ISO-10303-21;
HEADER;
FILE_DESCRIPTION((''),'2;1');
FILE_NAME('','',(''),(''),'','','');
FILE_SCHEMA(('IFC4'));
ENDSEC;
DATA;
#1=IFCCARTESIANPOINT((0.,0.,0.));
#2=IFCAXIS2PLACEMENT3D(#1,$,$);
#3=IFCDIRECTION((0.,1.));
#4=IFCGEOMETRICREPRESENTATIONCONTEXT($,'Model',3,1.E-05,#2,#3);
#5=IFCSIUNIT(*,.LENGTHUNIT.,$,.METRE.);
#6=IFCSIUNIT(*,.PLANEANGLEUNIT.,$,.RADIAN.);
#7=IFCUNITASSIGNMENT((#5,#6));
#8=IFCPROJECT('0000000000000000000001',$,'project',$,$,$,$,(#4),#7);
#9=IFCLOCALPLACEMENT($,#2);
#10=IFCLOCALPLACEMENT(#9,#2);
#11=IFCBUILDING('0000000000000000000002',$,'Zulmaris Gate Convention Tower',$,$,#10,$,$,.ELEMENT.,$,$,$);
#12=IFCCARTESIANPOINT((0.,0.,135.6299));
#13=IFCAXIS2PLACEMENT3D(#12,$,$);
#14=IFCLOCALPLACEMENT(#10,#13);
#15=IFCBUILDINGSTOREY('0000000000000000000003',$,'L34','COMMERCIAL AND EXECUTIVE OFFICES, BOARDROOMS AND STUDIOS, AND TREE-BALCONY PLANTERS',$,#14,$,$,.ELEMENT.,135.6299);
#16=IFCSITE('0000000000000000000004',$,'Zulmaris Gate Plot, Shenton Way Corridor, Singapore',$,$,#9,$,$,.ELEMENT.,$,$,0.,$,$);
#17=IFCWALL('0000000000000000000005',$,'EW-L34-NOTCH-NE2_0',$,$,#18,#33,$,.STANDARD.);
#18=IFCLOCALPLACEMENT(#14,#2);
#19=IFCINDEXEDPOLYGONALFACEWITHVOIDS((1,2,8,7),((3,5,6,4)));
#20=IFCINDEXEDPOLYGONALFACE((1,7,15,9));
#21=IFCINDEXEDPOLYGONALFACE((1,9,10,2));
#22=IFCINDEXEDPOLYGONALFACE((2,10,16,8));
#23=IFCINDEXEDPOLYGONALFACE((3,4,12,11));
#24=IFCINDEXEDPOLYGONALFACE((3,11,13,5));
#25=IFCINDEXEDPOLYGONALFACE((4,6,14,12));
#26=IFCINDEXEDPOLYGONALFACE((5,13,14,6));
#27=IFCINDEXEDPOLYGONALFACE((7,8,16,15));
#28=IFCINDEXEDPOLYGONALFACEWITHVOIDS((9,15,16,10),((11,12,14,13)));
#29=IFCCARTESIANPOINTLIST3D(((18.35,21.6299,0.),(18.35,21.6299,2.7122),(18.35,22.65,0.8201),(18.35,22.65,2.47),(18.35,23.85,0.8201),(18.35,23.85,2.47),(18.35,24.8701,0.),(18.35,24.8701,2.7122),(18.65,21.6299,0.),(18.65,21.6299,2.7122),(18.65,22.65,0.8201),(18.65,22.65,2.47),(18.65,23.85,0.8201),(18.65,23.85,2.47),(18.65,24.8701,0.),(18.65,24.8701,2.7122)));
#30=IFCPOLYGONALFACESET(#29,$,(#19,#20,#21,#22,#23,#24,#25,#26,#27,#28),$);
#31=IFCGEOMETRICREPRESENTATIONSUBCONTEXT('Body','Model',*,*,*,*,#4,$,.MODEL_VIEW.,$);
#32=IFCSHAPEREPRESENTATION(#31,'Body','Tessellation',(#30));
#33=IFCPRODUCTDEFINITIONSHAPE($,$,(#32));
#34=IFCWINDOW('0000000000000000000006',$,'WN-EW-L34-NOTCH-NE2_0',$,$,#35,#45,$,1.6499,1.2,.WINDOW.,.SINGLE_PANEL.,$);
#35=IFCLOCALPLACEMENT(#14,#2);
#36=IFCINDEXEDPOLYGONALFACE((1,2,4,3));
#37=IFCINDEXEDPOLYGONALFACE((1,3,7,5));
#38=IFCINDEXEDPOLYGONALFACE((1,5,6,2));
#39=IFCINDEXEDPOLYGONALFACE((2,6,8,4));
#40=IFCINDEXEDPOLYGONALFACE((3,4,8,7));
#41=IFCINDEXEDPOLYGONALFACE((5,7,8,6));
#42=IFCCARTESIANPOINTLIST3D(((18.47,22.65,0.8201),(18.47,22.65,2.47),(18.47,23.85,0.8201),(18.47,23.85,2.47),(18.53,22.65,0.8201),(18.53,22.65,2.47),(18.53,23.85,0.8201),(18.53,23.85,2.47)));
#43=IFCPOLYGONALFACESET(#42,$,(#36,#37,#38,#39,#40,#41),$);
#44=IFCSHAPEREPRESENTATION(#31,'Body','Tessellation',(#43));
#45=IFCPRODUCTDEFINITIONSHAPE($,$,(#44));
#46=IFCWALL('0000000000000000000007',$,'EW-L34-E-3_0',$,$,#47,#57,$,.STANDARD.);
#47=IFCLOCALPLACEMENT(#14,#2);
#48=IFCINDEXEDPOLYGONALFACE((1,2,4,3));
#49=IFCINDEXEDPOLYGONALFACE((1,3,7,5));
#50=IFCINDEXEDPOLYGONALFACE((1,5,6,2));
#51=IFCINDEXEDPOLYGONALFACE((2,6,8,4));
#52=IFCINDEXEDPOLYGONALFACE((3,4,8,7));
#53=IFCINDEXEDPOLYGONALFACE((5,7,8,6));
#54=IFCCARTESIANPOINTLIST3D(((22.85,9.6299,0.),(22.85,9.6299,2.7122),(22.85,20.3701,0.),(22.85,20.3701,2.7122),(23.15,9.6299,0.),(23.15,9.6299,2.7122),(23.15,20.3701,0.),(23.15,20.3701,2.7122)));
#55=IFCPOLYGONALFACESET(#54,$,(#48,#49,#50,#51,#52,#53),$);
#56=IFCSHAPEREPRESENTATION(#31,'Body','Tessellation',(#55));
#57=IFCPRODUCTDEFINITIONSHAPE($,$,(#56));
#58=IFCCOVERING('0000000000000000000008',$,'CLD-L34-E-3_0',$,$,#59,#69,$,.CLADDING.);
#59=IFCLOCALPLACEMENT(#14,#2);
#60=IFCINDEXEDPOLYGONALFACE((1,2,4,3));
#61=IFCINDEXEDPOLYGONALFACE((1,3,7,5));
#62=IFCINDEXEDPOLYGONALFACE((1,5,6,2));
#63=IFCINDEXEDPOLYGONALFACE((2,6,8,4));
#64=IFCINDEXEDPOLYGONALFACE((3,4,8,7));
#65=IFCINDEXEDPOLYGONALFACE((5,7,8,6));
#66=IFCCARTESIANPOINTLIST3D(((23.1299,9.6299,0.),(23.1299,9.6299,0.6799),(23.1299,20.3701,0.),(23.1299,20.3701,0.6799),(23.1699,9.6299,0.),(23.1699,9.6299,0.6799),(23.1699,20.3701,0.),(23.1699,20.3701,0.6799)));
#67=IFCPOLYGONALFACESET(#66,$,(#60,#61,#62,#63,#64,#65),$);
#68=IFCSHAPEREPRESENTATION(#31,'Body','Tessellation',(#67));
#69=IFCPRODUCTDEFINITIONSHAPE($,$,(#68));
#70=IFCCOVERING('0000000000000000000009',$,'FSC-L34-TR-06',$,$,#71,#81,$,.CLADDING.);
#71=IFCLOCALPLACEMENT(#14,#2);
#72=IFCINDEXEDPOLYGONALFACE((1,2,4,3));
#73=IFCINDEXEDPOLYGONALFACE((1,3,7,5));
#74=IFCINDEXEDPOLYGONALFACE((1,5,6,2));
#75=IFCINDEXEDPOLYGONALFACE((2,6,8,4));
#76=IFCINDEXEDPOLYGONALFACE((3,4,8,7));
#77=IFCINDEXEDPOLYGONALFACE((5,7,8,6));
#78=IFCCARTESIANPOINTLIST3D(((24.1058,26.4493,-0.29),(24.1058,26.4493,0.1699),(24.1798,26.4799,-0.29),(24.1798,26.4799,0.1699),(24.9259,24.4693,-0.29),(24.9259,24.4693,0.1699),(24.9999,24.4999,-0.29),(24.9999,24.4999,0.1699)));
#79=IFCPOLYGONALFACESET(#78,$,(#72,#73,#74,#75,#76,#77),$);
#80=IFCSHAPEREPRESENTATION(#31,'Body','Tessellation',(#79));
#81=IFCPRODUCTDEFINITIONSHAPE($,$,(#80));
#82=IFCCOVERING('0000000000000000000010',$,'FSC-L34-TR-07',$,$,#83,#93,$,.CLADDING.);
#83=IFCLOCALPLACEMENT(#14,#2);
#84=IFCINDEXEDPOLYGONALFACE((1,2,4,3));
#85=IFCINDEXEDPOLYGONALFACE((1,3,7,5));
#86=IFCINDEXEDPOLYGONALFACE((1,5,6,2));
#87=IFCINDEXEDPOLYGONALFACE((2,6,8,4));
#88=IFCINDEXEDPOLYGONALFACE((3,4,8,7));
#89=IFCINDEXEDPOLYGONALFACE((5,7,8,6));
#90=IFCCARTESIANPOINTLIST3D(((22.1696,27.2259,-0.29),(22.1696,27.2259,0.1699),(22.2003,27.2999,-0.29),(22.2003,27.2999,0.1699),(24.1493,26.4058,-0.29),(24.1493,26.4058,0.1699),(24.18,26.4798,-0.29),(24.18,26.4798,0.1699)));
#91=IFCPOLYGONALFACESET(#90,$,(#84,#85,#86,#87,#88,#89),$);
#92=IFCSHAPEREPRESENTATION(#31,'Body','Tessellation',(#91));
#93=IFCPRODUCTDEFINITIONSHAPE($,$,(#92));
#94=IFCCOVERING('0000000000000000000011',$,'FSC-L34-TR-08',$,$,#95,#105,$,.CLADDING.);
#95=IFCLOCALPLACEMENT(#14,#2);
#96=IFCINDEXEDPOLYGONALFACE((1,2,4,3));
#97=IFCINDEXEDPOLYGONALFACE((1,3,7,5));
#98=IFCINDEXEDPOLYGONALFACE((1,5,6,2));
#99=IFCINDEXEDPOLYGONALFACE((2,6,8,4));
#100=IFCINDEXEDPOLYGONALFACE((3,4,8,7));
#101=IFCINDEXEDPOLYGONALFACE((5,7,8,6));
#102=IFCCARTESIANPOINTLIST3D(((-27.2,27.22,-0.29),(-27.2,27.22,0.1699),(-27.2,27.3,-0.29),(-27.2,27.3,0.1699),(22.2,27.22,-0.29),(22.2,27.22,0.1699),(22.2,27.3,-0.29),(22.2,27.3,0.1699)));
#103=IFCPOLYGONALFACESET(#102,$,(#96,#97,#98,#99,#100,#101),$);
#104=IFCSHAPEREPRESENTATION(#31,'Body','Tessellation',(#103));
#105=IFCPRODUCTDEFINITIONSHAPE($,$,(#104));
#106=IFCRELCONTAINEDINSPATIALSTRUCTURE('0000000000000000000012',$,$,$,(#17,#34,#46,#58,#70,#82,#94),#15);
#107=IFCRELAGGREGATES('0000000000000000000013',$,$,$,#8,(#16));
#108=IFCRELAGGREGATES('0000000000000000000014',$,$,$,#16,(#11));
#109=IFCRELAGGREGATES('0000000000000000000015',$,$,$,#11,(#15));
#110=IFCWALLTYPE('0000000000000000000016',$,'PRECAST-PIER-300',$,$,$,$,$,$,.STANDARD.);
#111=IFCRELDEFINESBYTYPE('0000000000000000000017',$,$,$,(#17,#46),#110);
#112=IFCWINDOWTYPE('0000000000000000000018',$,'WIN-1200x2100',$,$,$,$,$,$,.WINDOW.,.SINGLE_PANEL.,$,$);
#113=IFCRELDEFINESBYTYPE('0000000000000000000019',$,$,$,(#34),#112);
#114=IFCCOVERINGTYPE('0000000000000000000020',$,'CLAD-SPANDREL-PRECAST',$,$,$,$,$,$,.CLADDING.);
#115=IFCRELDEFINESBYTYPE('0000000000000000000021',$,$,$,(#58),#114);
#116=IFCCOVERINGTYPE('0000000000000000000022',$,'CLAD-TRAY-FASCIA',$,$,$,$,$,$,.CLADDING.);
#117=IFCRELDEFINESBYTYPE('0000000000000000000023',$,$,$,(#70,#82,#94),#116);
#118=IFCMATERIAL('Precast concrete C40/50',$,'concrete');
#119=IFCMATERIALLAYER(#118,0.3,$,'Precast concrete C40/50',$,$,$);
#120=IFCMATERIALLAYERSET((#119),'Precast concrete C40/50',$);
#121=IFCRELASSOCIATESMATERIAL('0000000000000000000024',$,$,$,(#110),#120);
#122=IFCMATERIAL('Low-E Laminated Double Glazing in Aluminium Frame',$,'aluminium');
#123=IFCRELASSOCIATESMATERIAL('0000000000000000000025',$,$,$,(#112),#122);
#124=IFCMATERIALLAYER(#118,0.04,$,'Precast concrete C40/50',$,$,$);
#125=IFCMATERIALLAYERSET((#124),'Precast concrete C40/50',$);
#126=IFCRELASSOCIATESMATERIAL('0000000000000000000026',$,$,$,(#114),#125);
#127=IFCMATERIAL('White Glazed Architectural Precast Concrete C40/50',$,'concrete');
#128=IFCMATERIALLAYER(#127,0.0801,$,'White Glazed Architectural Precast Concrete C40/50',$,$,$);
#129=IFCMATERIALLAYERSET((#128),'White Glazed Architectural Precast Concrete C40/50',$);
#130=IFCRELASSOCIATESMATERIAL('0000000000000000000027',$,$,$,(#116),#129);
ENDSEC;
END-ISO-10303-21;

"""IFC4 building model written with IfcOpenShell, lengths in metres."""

from ifc_helpers import new_model, si_unit, direction, frame, frame_2d, origin, place, context, subcontext, project, spatial, rectangle, extrude, material, layer, layer_set, type_object, element, fill, save


model = new_model("IFC4")

# Units and contexts
model_context = context("Model", 3, precision=1e-05, world=origin(), true_north=direction((0.0, 1.0)))
body_context = subcontext(model_context, "Body", "Model", "MODEL_VIEW")
ifc_project = project(units=[si_unit("LENGTHUNIT", "METRE"), si_unit("PLANEANGLEUNIT", "RADIAN")], contexts=[model_context])

# Site, building, storey
site_placement = place(None, origin())
site = spatial("IfcSite", under=ifc_project, at=site_placement, Name="Zulmaris Gate Plot, Shenton Way Corridor, Singapore", CompositionType="ELEMENT", RefElevation=0.0)
building_placement = place(site_placement, origin())
building = spatial("IfcBuilding", under=site, at=building_placement, Name="Zulmaris Gate Convention Tower", CompositionType="ELEMENT")
storey_placement = place(building_placement, frame((0.0, 0.0, 135.6299)))
storey = spatial("IfcBuildingStorey", under=building, at=storey_placement, Name="L34", Description="COMMERCIAL AND EXECUTIVE OFFICES, BOARDROOMS AND STUDIOS, AND TREE-BALCONY PLANTERS", CompositionType="ELEMENT", Elevation=135.6299)

# Wall, opening, window
ifc_material_1 = material(Name="Precast concrete C40/50", Category="concrete")
ifc_layer_1 = layer(ifc_material_1, 0.3, Name="Precast concrete C40/50")
ifc_layer_set_1 = layer_set([ifc_layer_1], Name="Precast concrete C40/50")
wall_type_1 = type_object("IfcWallType", Name="PRECAST-PIER-300", PredefinedType="STANDARD", material=ifc_layer_set_1)
ifc_material_2 = material(Name="Low-E Laminated Double Glazing in Aluminium Frame", Category="aluminium")
window_type = type_object("IfcWindowType", Name="WIN-1200x2100", PartitioningType="SINGLE_PANEL", PredefinedType="WINDOW", material=ifc_material_2)
wall_1_placement = place(storey_placement, frame((18.5, 21.6299, 0.0), z_axis=(0.0, 0.0, 1.0), x_axis=(0.0, 1.0, 0.0)))
wall_1 = element("IfcWall", 1, at=wall_1_placement, inside=storey, type_object=wall_type_1, Name="EW-L34-NOTCH-NE2_0", PredefinedType="STANDARD", context=body_context, shape_type="SweptSolid", body=[
    extrude(rectangle(XDim=3.2402, YDim=0.3, at=frame_2d((1.6201, 0.0))), origin(), (0.0, 0.0, 1.0), 2.7122),
])
opening_1_placement = place(wall_1_placement, frame((1.02, 0.0, 0.8201)))
opening_1 = element("IfcOpeningElement", 2, at=opening_1_placement, cuts=wall_1, PredefinedType="OPENING", context=body_context, shape_type="SweptSolid", body=[
    extrude(rectangle(XDim=1.2, YDim=1.6499, at=frame_2d((0.6001, 0.825))), frame((0.0, 0.1602, 0.0), z_axis=(0.0, -1.0, 0.0), x_axis=(1.0, 0.0, 0.0)), (0.0, 0.0, 1.0), 0.3201),
])
window_1_placement = place(opening_1_placement, origin())
window_1 = element("IfcWindow", 3, at=window_1_placement, inside=storey, type_object=window_type, Name="WN-EW-L34-NOTCH-NE2_0", OverallHeight=1.6499, OverallWidth=1.2, PartitioningType="SINGLE_PANEL", PredefinedType="WINDOW", context=body_context, shape_type="SweptSolid", body=[
    extrude(rectangle(XDim=1.2, YDim=1.6499, at=frame_2d((0.6001, 0.825))), frame((0.0, 0.03, 0.0), z_axis=(0.0, -1.0, 0.0), x_axis=(1.0, 0.0, 0.0)), (0.0, 0.0, 1.0), 0.0601),
])
fill(opening_1, window_1)

# Wall
wall_2_placement = place(storey_placement, frame((23.0, 9.6299, 0.0), z_axis=(0.0, 0.0, 1.0), x_axis=(0.0, 1.0, 0.0)))
element("IfcWall", 4, at=wall_2_placement, inside=storey, type_object=wall_type_1, Name="EW-L34-E-3_0", PredefinedType="STANDARD", context=body_context, shape_type="SweptSolid", body=[
    extrude(rectangle(XDim=10.7402, YDim=0.3, at=frame_2d((5.3701, 0.0))), origin(), (0.0, 0.0, 1.0), 2.7122),
])

# Coverings
ifc_layer_2 = layer(ifc_material_1, 0.04, Name="Precast concrete C40/50")
ifc_layer_set_2 = layer_set([ifc_layer_2], Name="Precast concrete C40/50")
covering_type_1 = type_object("IfcCoveringType", Name="CLAD-SPANDREL-PRECAST", PredefinedType="CLADDING", material=ifc_layer_set_2)
covering_1_placement = place(storey_placement, frame((23.1499, 9.6299, 0.0), z_axis=(0.0, 0.0, 1.0), x_axis=(0.0, 1.0, 0.0)))
element("IfcCovering", 5, at=covering_1_placement, inside=storey, type_object=covering_type_1, Name="CLD-L34-E-3_0", PredefinedType="CLADDING", context=body_context, shape_type="SweptSolid", body=[
    extrude(rectangle(XDim=10.7402, YDim=0.04, at=frame_2d((5.3701, 0.0))), origin(), (0.0, 0.0, 1.0), 0.6799),
])
ifc_material_3 = material(Name="White Glazed Architectural Precast Concrete C40/50", Category="concrete")
ifc_layer_3 = layer(ifc_material_3, 0.0801, Name="White Glazed Architectural Precast Concrete C40/50")
ifc_layer_set_3 = layer_set([ifc_layer_3], Name="White Glazed Architectural Precast Concrete C40/50")
covering_type_2 = type_object("IfcCoveringType", Name="CLAD-TRAY-FASCIA", PredefinedType="CLADDING", material=ifc_layer_set_3)
covering_2_placement = place(storey_placement, frame((24.9629, 24.4846, -0.29), z_axis=(0.0, 0.0, 1.0), x_axis=(-0.382657, 0.92389, 0.0)))
element("IfcCovering", 6, at=covering_2_placement, inside=storey, type_object=covering_type_2, Name="FSC-L34-TR-06", PredefinedType="CLADDING", context=body_context, shape_type="SweptSolid", body=[
    extrude(rectangle(XDim=2.1431, YDim=0.0801, at=frame_2d((1.0715, 0.0))), origin(), (0.0, 0.0, 1.0), 0.46),
])
covering_3_placement = place(storey_placement, frame((24.1646, 26.4429, -0.29), z_axis=(0.0, 0.0, 1.0), x_axis=(-0.923874, 0.382697, 0.0)))
element("IfcCovering", 7, at=covering_3_placement, inside=storey, type_object=covering_type_2, Name="FSC-L34-TR-07", PredefinedType="CLADDING", context=body_context, shape_type="SweptSolid", body=[
    extrude(rectangle(XDim=2.1428, YDim=0.0801, at=frame_2d((1.0713, 0.0))), origin(), (0.0, 0.0, 1.0), 0.46),
])
covering_4_placement = place(storey_placement, frame((22.2, 27.26, -0.29), z_axis=(0.0, 0.0, 1.0), x_axis=(-1.0, 0.0, 0.0)))
element("IfcCovering", 8, at=covering_4_placement, inside=storey, type_object=covering_type_2, Name="FSC-L34-TR-08", PredefinedType="CLADDING", context=body_context, shape_type="SweptSolid", body=[
    extrude(rectangle(XDim=49.3999, YDim=0.0801, at=frame_2d((24.7, 0.0))), origin(), (0.0, 0.0, 1.0), 0.46),
])

save(model, "model.ifc")
